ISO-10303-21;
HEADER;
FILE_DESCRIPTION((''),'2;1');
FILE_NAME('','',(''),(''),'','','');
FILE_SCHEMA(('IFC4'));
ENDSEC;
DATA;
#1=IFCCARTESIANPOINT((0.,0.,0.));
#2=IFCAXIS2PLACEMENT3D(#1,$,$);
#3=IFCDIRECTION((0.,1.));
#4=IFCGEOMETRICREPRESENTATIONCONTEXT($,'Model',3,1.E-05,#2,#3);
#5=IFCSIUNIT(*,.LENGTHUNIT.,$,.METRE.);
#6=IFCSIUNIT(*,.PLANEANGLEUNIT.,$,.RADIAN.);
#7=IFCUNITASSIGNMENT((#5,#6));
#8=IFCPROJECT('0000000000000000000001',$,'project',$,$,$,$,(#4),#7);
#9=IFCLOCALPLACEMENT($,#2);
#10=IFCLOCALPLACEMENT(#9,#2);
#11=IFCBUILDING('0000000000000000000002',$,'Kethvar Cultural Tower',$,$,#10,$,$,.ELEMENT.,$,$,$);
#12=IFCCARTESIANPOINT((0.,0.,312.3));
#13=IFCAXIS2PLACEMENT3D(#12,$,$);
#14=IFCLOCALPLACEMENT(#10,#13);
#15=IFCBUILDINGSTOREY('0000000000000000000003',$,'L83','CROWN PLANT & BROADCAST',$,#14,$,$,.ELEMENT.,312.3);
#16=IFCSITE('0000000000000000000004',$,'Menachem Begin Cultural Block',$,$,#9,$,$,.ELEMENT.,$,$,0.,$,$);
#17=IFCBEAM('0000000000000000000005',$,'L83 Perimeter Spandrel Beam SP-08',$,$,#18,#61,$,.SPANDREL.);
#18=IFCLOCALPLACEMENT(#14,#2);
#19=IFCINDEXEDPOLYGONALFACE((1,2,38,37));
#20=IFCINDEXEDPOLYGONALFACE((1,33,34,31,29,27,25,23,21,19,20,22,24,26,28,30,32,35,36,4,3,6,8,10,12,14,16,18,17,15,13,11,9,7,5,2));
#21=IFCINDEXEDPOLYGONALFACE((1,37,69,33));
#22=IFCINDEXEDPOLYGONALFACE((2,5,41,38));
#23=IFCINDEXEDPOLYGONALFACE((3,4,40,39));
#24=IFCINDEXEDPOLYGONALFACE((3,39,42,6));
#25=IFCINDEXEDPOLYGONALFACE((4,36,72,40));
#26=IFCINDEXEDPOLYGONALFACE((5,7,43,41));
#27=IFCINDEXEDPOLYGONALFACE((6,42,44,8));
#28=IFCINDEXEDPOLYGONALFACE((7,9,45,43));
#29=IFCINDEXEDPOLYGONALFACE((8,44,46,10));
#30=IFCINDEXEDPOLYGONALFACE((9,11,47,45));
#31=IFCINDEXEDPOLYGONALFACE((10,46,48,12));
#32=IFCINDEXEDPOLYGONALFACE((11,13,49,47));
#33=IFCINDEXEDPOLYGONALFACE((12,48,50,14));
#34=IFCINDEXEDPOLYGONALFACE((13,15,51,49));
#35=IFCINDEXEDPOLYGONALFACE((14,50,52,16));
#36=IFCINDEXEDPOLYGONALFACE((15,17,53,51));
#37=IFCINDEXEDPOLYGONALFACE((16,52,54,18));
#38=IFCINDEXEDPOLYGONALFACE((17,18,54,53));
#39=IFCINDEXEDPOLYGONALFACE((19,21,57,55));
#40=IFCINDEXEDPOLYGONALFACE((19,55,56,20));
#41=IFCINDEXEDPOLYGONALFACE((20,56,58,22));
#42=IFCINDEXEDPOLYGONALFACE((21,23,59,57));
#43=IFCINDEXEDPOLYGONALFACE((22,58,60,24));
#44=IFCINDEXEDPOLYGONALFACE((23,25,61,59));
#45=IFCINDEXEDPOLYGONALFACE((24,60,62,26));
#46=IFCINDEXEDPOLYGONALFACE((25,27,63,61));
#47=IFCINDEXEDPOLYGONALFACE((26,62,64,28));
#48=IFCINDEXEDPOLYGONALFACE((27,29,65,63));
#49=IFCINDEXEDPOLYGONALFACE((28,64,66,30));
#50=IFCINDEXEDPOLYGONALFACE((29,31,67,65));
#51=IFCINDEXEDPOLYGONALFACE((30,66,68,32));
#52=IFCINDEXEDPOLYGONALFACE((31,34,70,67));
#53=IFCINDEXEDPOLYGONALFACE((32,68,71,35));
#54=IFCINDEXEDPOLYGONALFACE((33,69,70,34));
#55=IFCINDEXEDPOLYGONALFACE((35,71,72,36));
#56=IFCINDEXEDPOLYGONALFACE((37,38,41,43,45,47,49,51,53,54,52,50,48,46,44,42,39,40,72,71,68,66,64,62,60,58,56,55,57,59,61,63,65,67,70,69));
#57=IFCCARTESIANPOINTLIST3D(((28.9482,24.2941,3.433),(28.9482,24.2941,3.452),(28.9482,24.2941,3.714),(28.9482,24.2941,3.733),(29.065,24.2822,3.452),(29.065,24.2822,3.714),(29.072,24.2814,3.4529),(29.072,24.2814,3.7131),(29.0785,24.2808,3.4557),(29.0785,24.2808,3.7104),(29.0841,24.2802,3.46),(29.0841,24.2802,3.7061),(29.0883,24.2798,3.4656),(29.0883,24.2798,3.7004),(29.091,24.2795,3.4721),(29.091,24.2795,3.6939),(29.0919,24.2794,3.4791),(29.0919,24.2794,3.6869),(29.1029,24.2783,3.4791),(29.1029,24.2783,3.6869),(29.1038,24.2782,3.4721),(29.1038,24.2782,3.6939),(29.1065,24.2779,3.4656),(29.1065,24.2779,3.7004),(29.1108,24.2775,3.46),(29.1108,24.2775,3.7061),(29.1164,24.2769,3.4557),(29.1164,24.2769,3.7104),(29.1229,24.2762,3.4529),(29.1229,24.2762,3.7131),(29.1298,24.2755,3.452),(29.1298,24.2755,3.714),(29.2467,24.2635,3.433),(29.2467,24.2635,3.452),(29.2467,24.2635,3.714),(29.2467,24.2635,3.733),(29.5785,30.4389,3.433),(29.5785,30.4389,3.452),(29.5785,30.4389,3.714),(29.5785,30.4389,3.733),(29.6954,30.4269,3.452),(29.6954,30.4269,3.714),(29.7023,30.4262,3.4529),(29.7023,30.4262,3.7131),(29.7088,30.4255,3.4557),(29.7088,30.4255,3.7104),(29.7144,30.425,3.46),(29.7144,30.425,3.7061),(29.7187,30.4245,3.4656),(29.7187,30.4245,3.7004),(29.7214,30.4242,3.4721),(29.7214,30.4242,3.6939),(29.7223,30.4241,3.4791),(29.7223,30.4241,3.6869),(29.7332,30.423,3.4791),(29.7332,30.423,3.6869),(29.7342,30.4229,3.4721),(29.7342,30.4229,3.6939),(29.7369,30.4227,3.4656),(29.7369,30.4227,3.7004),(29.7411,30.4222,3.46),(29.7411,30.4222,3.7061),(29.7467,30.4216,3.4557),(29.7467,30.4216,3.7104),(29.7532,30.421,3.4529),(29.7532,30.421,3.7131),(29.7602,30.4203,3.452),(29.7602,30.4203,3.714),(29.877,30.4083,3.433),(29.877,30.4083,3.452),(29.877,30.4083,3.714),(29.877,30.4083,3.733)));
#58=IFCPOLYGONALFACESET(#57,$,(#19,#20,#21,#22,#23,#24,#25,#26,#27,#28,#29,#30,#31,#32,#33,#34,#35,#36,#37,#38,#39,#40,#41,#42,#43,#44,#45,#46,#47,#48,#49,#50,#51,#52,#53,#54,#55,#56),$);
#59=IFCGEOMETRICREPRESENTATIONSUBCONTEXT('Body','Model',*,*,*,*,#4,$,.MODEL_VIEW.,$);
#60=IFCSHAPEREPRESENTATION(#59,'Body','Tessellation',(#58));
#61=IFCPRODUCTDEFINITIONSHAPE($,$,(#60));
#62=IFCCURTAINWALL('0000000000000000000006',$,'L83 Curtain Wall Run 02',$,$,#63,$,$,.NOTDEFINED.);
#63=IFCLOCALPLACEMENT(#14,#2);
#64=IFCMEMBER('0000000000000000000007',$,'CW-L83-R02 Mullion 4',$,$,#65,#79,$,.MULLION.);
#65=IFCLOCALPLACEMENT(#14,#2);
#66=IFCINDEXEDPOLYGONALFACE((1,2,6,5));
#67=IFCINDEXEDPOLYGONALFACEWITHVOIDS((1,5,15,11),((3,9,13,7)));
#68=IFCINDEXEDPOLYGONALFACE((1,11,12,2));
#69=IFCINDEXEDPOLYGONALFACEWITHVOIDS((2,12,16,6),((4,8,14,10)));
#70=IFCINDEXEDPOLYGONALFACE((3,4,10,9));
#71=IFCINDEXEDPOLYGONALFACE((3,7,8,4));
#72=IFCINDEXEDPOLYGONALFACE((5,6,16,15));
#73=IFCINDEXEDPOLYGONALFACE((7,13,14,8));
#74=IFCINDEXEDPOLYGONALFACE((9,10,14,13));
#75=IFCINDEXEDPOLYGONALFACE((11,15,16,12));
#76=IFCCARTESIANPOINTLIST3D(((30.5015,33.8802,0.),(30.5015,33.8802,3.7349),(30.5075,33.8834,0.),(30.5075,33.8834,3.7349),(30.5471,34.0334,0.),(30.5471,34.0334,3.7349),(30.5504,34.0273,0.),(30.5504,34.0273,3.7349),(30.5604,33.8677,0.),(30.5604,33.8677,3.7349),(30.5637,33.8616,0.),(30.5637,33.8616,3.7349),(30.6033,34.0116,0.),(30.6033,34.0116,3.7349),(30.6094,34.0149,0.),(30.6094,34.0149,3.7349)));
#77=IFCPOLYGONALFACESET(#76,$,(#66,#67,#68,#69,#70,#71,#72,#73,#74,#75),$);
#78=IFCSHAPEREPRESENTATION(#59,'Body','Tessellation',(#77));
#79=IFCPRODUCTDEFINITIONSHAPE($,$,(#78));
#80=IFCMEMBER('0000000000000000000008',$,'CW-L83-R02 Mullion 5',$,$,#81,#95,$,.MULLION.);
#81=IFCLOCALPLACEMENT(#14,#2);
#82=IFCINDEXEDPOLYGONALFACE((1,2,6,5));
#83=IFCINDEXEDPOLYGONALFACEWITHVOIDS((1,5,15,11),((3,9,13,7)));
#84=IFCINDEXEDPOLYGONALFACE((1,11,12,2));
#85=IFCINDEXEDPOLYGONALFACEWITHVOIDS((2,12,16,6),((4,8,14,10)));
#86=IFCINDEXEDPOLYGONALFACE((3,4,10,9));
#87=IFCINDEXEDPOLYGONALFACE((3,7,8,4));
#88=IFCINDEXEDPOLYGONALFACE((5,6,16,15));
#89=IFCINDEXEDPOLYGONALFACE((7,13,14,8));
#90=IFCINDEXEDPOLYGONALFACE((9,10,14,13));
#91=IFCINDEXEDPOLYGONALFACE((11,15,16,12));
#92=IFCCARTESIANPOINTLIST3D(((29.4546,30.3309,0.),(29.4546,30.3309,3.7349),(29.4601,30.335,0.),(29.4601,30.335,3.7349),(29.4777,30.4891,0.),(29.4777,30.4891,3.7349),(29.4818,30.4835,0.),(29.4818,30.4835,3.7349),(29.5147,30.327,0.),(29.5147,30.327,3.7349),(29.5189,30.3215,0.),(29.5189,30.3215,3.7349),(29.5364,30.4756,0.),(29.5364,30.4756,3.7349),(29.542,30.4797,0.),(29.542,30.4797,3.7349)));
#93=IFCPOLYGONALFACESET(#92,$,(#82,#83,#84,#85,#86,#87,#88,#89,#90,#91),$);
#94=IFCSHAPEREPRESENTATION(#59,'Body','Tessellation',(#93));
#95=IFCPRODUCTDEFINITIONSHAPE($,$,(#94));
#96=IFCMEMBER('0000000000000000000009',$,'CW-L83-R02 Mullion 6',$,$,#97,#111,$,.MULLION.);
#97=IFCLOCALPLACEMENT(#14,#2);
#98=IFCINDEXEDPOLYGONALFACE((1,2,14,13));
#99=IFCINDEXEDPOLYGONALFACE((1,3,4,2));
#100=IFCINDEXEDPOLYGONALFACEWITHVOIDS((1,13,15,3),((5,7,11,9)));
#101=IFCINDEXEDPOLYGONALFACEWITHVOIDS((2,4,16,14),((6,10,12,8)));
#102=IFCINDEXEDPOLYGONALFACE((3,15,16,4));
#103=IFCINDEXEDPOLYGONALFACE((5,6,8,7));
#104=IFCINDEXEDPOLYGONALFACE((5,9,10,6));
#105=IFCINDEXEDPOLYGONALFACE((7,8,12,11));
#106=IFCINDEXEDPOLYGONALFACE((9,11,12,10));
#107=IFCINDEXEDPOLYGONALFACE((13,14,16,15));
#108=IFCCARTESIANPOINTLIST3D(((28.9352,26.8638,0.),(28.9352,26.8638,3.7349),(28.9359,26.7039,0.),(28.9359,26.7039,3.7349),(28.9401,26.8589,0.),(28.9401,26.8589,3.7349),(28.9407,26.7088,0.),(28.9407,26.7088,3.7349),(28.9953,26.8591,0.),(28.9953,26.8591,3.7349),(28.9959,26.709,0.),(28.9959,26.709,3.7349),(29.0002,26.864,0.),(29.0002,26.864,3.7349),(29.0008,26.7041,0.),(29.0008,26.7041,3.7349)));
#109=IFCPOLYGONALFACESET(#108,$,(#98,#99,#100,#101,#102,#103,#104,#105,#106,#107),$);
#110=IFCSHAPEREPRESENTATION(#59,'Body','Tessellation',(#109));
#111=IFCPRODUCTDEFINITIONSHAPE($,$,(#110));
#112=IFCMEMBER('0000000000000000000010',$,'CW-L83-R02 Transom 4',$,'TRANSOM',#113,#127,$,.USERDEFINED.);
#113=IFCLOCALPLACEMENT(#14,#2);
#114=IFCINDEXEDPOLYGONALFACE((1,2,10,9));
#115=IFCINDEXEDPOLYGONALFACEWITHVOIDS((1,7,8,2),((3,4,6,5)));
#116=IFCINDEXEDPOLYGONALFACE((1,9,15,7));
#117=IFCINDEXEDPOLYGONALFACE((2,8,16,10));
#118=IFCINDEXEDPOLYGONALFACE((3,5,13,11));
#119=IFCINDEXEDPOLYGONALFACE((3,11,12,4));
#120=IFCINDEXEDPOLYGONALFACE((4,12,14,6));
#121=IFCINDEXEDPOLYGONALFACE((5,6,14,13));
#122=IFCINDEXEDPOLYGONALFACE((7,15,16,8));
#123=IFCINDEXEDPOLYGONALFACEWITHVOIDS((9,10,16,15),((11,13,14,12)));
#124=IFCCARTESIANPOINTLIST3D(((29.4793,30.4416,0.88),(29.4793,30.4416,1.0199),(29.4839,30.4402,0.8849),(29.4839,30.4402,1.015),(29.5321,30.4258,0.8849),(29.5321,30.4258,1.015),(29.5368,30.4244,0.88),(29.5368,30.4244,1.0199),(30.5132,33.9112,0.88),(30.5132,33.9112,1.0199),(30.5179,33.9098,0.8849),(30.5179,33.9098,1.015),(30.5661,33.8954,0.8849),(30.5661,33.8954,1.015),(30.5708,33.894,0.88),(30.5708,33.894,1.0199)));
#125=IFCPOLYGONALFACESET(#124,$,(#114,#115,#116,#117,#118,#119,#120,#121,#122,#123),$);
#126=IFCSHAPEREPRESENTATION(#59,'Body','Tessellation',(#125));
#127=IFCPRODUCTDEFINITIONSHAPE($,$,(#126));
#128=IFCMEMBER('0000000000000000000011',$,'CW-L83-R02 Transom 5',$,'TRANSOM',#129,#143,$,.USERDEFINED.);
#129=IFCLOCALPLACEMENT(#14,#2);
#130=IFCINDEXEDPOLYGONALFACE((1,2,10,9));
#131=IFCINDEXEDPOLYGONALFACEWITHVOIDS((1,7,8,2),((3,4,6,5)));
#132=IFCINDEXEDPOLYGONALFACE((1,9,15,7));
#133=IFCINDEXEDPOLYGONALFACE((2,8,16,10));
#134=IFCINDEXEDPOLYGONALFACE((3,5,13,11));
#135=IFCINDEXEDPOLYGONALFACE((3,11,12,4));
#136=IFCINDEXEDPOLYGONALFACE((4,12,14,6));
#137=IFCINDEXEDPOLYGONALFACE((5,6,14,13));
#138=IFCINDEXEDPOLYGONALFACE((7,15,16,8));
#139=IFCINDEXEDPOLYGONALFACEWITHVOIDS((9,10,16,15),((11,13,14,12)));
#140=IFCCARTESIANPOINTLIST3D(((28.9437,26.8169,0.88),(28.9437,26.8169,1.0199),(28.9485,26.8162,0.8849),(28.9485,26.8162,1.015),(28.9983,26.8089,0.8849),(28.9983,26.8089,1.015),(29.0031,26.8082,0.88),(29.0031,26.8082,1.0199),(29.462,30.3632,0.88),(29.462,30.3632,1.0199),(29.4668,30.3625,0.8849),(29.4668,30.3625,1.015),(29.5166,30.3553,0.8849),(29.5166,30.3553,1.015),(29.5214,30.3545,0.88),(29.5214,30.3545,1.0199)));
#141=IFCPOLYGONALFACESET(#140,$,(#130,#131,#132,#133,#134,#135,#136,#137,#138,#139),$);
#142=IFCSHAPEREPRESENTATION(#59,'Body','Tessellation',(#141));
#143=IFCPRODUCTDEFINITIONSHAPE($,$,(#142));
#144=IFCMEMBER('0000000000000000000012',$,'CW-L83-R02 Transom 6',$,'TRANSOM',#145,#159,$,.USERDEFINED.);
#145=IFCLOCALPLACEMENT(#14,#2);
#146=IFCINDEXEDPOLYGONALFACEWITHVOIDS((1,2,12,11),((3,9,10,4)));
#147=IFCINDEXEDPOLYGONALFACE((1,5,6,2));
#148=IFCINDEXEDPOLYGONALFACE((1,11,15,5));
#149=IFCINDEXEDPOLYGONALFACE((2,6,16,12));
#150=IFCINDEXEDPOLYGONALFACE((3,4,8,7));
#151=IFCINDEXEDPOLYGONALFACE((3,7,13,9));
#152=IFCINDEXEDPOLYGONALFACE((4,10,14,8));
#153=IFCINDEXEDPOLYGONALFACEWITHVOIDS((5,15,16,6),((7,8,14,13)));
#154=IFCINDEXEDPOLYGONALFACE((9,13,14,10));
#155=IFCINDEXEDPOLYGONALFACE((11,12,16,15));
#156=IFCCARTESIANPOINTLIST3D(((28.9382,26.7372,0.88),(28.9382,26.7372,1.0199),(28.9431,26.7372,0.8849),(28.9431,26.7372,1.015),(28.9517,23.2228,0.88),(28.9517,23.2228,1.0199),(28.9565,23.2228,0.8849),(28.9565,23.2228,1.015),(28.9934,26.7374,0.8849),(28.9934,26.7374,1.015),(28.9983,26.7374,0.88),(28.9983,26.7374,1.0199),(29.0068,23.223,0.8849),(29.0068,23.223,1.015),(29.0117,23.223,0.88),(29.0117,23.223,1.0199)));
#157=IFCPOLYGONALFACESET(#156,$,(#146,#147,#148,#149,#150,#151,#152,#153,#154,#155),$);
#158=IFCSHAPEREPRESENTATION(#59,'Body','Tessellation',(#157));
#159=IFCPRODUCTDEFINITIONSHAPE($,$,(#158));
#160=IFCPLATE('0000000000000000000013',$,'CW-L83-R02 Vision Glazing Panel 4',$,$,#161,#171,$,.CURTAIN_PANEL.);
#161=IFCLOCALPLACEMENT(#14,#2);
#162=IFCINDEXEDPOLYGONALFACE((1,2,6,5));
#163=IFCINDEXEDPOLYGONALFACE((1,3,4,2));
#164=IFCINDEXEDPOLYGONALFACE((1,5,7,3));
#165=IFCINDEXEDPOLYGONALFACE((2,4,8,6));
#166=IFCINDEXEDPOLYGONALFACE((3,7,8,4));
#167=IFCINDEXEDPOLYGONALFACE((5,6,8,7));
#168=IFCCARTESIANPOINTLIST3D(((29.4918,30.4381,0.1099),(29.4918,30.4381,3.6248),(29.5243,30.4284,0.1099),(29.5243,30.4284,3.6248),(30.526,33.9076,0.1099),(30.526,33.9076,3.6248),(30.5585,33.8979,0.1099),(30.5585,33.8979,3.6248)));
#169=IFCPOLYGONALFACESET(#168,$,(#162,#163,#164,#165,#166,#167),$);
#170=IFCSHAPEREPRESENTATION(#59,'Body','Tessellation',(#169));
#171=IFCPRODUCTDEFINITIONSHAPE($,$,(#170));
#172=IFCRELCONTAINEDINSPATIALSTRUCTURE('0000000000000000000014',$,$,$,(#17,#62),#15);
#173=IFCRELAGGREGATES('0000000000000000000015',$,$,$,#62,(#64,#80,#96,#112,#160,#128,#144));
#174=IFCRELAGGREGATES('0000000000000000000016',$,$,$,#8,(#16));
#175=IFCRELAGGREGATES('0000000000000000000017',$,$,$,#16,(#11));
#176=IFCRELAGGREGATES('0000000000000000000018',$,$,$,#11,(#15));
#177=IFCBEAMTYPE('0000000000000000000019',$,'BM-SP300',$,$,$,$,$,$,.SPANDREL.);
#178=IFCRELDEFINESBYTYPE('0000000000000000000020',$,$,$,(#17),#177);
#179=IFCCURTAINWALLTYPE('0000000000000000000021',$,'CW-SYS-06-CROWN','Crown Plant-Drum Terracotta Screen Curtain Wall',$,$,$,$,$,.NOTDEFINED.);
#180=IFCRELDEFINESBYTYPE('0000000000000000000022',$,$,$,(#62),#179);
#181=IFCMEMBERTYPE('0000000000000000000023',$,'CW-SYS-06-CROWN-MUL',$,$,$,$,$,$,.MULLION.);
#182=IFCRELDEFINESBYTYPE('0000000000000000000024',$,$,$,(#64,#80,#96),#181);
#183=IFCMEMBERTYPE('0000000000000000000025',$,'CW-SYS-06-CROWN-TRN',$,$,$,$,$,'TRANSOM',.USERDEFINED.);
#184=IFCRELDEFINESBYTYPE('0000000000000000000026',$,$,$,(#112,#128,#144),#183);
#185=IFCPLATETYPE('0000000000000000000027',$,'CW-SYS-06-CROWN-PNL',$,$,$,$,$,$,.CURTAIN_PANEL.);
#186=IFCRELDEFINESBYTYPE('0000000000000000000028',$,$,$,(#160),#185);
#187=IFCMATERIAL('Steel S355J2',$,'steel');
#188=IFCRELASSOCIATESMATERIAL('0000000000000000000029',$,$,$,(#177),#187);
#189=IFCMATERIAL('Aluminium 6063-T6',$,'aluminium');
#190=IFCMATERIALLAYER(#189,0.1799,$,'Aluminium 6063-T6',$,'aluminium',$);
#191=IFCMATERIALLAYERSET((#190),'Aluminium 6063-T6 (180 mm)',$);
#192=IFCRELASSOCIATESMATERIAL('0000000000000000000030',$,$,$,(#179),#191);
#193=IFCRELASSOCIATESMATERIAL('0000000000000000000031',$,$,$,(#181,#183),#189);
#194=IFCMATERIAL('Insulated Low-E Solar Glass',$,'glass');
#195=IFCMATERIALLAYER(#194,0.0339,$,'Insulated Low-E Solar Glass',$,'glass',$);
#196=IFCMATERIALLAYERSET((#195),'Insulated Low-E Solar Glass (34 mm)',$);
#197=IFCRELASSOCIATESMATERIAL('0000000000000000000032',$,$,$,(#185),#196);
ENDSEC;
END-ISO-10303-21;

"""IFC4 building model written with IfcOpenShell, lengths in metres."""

from ifc_helpers import new_model, si_unit, direction, frame, origin, origin_2d, place, context, subcontext, project, spatial, rectangle, hollow_rectangle, i_section, extrude, source, transform, mapped, material, layer, layer_set, material_profile, profile_set, type_object, element, aggregate, save


model = new_model("IFC4")

# Units and contexts
model_context = context("Model", 3, precision=1e-05, world=origin(), true_north=direction((0.0, 1.0)))
body_context = subcontext(model_context, "Body", "Model", "MODEL_VIEW")
ifc_project = project(units=[si_unit("LENGTHUNIT", "METRE"), si_unit("PLANEANGLEUNIT", "RADIAN")], contexts=[model_context])

# Site, building, storey
site_placement = place(None, origin())
site = spatial("IfcSite", under=ifc_project, at=site_placement, Name="Menachem Begin Cultural Block", CompositionType="ELEMENT", RefElevation=0.0)
building_placement = place(site_placement, origin())
building = spatial("IfcBuilding", under=site, at=building_placement, Name="Kethvar Cultural Tower", CompositionType="ELEMENT")
storey_placement = place(building_placement, frame((0.0, 0.0, 312.3)))
storey = spatial("IfcBuildingStorey", under=building, at=storey_placement, Name="L83", Description="CROWN PLANT & BROADCAST", CompositionType="ELEMENT", Elevation=312.3)

# Shared definitions
ifc_material_1 = material(Name="Steel S355J2", Category="steel")

# Beam
ifc_material_profile_1 = material_profile(ifc_material_1, i_section(OverallWidth=0.3, OverallDepth=0.3, WebThickness=0.011, FlangeThickness=0.019, FilletRadius=0.0271, at=origin_2d()), Name="Steel S355J2 — HEB300")
ifc_profile_set_1 = profile_set([ifc_material_profile_1], Name="Steel S355J2 — HEB300")
beam_type_1 = type_object("IfcBeamType", Name="BM-SP300", PredefinedType="SPANDREL", material=ifc_profile_set_1)
shared_shape_1 = source(origin(), body_context, "Body", "SweptSolid", [
    extrude(i_section(OverallWidth=0.3, OverallDepth=0.3, WebThickness=0.011, FlangeThickness=0.019, FilletRadius=0.0271, at=origin_2d()), origin(), (0.0, 0.0, 1.0), 6.177),
])
beam_1_placement = place(storey_placement, frame((29.7278, 30.4236, 3.583), z_axis=(-0.102051, -0.994779, 0.0), x_axis=(0.994779, -0.102051, 0.0)))
element("IfcBeam", 1, at=beam_1_placement, inside=storey, type_object=beam_type_1, Name="L83 Perimeter Spandrel Beam SP-08", PredefinedType="SPANDREL", context=body_context, shape_type="MappedRepresentation", body=[
    mapped(shared_shape_1, transform((0.0, 0.0, 0.0), scale=1.0)),
])

# Curtain wall, members, plate
ifc_material_2 = material(Name="Aluminium 6063-T6", Category="aluminium")
ifc_layer_1 = layer(ifc_material_2, 0.1799, Name="Aluminium 6063-T6", Category="aluminium")
ifc_layer_set_1 = layer_set([ifc_layer_1], Name="Aluminium 6063-T6 (180 mm)")
curtain_wall_type = type_object("IfcCurtainWallType", Name="CW-SYS-06-CROWN", Description="Crown Plant-Drum Terracotta Screen Curtain Wall", PredefinedType="NOTDEFINED", material=ifc_layer_set_1)
curtain_wall_placement = place(storey_placement, origin())
curtain_wall = element("IfcCurtainWall", 2, at=curtain_wall_placement, inside=storey, type_object=curtain_wall_type, Name="L83 Curtain Wall Run 02", PredefinedType="NOTDEFINED")
ifc_material_profile_2 = material_profile(ifc_material_2, hollow_rectangle(XDim=0.0649, YDim=0.1599, WallThickness=0.0049, at=origin_2d()), Name="Aluminium 6063-T6 — RHS160x65x5")
ifc_profile_set_2 = profile_set([ifc_material_profile_2], Name="Aluminium 6063-T6 — RHS160x65x5")
member_type_1 = type_object("IfcMemberType", Name="CW-SYS-06-CROWN-MUL", PredefinedType="MULLION", material=ifc_profile_set_2)
shared_shape_2 = source(origin(), body_context, "Body", "SweptSolid", [
    extrude(hollow_rectangle(XDim=0.0649, YDim=0.1599, WallThickness=0.0049, at=origin_2d()), origin(), (0.0, 0.0, 1.0), 3.7349),
])
member_1_placement = place(storey_placement, frame((30.5554, 33.9475, 0.0), z_axis=(0.0, 0.0, 1.0), x_axis=(0.958333, -0.285655, 0.0)))
member_1 = element("IfcMember", 3, at=member_1_placement, type_object=member_type_1, Name="CW-L83-R02 Mullion 4", PredefinedType="MULLION", context=body_context, shape_type="MappedRepresentation", body=[
    mapped(shared_shape_2, transform((0.0, 0.0, 0.0), scale=1.0)),
])
member_2_placement = place(storey_placement, frame((29.4983, 30.4053, 0.0), z_axis=(0.0, 0.0, 1.0), x_axis=(0.989498, -0.144546, 0.0)))
member_2 = element("IfcMember", 4, at=member_2_placement, type_object=member_type_1, Name="CW-L83-R02 Mullion 5", PredefinedType="MULLION", context=body_context, shape_type="MappedRepresentation", body=[
    mapped(shared_shape_2, transform((0.0, 0.0, 0.0), scale=1.0)),
])
member_3_placement = place(storey_placement, frame((28.968, 26.7839, 0.0), z_axis=(0.0, 0.0, 1.0), x_axis=(0.999993, 0.003857, 0.0)))
member_3 = element("IfcMember", 5, at=member_3_placement, type_object=member_type_1, Name="CW-L83-R02 Mullion 6", PredefinedType="MULLION", context=body_context, shape_type="MappedRepresentation", body=[
    mapped(shared_shape_2, transform((0.0, 0.0, 0.0), scale=1.0)),
])
ifc_material_profile_3 = material_profile(ifc_material_2, hollow_rectangle(XDim=0.0601, YDim=0.1399, WallThickness=0.0049, at=origin_2d()), Name="Aluminium 6063-T6 — RHS140x60x5")
ifc_profile_set_3 = profile_set([ifc_material_profile_3], Name="Aluminium 6063-T6 — RHS140x60x5")
member_type_2 = type_object("IfcMemberType", Name="CW-SYS-06-CROWN-TRN", ElementType="TRANSOM", PredefinedType="USERDEFINED", material=ifc_profile_set_3)
shared_shape_3 = source(origin(), body_context, "Body", "SweptSolid", [
    extrude(hollow_rectangle(XDim=0.0601, YDim=0.1399, WallThickness=0.0049, at=origin_2d()), origin(), (0.0, 0.0, 1.0), 3.6204),
])
member_4_placement = place(storey_placement, frame((30.542, 33.9026, 0.95), z_axis=(-0.285597, -0.95835, 0.0), x_axis=(0.95835, -0.285597, 0.0)))
member_4 = element("IfcMember", 6, at=member_4_placement, type_object=member_type_2, Name="CW-L83-R02 Transom 4", ObjectType="TRANSOM", PredefinedType="USERDEFINED", context=body_context, shape_type="MappedRepresentation", body=[
    mapped(shared_shape_3, transform((0.0, 0.0, 0.0), scale=1.0)),
])
shared_shape_4 = source(origin(), body_context, "Body", "SweptSolid", [
    extrude(hollow_rectangle(XDim=0.0601, YDim=0.1399, WallThickness=0.0049, at=origin_2d()), origin(), (0.0, 0.0, 1.0), 3.584),
])
member_5_placement = place(storey_placement, frame((29.4917, 30.3589, 0.95), z_axis=(-0.144615, -0.989488, 0.0), x_axis=(0.989488, -0.144615, 0.0)))
member_5 = element("IfcMember", 7, at=member_5_placement, type_object=member_type_2, Name="CW-L83-R02 Transom 5", ObjectType="TRANSOM", PredefinedType="USERDEFINED", context=body_context, shape_type="MappedRepresentation", body=[
    mapped(shared_shape_4, transform((0.0, 0.0, 0.0), scale=1.0)),
])
shared_shape_5 = source(origin(), body_context, "Body", "SweptSolid", [
    extrude(hollow_rectangle(XDim=0.0601, YDim=0.1399, WallThickness=0.0049, at=origin_2d()), origin(), (0.0, 0.0, 1.0), 3.5144),
])
member_6_placement = place(storey_placement, frame((28.9683, 26.7373, 0.95), z_axis=(0.003821, -0.999993, 0.0), x_axis=(0.999993, 0.003821, 0.0)))
member_6 = element("IfcMember", 8, at=member_6_placement, type_object=member_type_2, Name="CW-L83-R02 Transom 6", ObjectType="TRANSOM", PredefinedType="USERDEFINED", context=body_context, shape_type="MappedRepresentation", body=[
    mapped(shared_shape_5, transform((0.0, 0.0, 0.0), scale=1.0)),
])
ifc_material_3 = material(Name="Insulated Low-E Solar Glass", Category="glass")
ifc_layer_2 = layer(ifc_material_3, 0.0339, Name="Insulated Low-E Solar Glass", Category="glass")
ifc_layer_set_2 = layer_set([ifc_layer_2], Name="Insulated Low-E Solar Glass (34 mm)")
plate_type = type_object("IfcPlateType", Name="CW-SYS-06-CROWN-PNL", PredefinedType="CURTAIN_PANEL", material=ifc_layer_set_2)
shared_shape_6 = source(origin(), body_context, "Body", "SweptSolid", [
    extrude(rectangle(XDim=3.6204, YDim=0.0339, at=origin_2d()), origin(), (0.0, 0.0, 1.0), 3.5149),
])
plate_1_placement = place(storey_placement, frame((30.0251, 32.168, 0.1099), z_axis=(0.0, 0.0, 1.0), x_axis=(-0.285655, -0.958333, 0.0)))
plate_1 = element("IfcPlate", 9, at=plate_1_placement, type_object=plate_type, Name="CW-L83-R02 Vision Glazing Panel 4", PredefinedType="CURTAIN_PANEL", context=body_context, shape_type="MappedRepresentation", body=[
    mapped(shared_shape_6, transform((0.0, 0.0, 0.0), scale=1.0)),
])
aggregate(curtain_wall, [member_1, member_2, member_3, member_4, plate_1, member_5, member_6])

save(model, "model.ifc")
